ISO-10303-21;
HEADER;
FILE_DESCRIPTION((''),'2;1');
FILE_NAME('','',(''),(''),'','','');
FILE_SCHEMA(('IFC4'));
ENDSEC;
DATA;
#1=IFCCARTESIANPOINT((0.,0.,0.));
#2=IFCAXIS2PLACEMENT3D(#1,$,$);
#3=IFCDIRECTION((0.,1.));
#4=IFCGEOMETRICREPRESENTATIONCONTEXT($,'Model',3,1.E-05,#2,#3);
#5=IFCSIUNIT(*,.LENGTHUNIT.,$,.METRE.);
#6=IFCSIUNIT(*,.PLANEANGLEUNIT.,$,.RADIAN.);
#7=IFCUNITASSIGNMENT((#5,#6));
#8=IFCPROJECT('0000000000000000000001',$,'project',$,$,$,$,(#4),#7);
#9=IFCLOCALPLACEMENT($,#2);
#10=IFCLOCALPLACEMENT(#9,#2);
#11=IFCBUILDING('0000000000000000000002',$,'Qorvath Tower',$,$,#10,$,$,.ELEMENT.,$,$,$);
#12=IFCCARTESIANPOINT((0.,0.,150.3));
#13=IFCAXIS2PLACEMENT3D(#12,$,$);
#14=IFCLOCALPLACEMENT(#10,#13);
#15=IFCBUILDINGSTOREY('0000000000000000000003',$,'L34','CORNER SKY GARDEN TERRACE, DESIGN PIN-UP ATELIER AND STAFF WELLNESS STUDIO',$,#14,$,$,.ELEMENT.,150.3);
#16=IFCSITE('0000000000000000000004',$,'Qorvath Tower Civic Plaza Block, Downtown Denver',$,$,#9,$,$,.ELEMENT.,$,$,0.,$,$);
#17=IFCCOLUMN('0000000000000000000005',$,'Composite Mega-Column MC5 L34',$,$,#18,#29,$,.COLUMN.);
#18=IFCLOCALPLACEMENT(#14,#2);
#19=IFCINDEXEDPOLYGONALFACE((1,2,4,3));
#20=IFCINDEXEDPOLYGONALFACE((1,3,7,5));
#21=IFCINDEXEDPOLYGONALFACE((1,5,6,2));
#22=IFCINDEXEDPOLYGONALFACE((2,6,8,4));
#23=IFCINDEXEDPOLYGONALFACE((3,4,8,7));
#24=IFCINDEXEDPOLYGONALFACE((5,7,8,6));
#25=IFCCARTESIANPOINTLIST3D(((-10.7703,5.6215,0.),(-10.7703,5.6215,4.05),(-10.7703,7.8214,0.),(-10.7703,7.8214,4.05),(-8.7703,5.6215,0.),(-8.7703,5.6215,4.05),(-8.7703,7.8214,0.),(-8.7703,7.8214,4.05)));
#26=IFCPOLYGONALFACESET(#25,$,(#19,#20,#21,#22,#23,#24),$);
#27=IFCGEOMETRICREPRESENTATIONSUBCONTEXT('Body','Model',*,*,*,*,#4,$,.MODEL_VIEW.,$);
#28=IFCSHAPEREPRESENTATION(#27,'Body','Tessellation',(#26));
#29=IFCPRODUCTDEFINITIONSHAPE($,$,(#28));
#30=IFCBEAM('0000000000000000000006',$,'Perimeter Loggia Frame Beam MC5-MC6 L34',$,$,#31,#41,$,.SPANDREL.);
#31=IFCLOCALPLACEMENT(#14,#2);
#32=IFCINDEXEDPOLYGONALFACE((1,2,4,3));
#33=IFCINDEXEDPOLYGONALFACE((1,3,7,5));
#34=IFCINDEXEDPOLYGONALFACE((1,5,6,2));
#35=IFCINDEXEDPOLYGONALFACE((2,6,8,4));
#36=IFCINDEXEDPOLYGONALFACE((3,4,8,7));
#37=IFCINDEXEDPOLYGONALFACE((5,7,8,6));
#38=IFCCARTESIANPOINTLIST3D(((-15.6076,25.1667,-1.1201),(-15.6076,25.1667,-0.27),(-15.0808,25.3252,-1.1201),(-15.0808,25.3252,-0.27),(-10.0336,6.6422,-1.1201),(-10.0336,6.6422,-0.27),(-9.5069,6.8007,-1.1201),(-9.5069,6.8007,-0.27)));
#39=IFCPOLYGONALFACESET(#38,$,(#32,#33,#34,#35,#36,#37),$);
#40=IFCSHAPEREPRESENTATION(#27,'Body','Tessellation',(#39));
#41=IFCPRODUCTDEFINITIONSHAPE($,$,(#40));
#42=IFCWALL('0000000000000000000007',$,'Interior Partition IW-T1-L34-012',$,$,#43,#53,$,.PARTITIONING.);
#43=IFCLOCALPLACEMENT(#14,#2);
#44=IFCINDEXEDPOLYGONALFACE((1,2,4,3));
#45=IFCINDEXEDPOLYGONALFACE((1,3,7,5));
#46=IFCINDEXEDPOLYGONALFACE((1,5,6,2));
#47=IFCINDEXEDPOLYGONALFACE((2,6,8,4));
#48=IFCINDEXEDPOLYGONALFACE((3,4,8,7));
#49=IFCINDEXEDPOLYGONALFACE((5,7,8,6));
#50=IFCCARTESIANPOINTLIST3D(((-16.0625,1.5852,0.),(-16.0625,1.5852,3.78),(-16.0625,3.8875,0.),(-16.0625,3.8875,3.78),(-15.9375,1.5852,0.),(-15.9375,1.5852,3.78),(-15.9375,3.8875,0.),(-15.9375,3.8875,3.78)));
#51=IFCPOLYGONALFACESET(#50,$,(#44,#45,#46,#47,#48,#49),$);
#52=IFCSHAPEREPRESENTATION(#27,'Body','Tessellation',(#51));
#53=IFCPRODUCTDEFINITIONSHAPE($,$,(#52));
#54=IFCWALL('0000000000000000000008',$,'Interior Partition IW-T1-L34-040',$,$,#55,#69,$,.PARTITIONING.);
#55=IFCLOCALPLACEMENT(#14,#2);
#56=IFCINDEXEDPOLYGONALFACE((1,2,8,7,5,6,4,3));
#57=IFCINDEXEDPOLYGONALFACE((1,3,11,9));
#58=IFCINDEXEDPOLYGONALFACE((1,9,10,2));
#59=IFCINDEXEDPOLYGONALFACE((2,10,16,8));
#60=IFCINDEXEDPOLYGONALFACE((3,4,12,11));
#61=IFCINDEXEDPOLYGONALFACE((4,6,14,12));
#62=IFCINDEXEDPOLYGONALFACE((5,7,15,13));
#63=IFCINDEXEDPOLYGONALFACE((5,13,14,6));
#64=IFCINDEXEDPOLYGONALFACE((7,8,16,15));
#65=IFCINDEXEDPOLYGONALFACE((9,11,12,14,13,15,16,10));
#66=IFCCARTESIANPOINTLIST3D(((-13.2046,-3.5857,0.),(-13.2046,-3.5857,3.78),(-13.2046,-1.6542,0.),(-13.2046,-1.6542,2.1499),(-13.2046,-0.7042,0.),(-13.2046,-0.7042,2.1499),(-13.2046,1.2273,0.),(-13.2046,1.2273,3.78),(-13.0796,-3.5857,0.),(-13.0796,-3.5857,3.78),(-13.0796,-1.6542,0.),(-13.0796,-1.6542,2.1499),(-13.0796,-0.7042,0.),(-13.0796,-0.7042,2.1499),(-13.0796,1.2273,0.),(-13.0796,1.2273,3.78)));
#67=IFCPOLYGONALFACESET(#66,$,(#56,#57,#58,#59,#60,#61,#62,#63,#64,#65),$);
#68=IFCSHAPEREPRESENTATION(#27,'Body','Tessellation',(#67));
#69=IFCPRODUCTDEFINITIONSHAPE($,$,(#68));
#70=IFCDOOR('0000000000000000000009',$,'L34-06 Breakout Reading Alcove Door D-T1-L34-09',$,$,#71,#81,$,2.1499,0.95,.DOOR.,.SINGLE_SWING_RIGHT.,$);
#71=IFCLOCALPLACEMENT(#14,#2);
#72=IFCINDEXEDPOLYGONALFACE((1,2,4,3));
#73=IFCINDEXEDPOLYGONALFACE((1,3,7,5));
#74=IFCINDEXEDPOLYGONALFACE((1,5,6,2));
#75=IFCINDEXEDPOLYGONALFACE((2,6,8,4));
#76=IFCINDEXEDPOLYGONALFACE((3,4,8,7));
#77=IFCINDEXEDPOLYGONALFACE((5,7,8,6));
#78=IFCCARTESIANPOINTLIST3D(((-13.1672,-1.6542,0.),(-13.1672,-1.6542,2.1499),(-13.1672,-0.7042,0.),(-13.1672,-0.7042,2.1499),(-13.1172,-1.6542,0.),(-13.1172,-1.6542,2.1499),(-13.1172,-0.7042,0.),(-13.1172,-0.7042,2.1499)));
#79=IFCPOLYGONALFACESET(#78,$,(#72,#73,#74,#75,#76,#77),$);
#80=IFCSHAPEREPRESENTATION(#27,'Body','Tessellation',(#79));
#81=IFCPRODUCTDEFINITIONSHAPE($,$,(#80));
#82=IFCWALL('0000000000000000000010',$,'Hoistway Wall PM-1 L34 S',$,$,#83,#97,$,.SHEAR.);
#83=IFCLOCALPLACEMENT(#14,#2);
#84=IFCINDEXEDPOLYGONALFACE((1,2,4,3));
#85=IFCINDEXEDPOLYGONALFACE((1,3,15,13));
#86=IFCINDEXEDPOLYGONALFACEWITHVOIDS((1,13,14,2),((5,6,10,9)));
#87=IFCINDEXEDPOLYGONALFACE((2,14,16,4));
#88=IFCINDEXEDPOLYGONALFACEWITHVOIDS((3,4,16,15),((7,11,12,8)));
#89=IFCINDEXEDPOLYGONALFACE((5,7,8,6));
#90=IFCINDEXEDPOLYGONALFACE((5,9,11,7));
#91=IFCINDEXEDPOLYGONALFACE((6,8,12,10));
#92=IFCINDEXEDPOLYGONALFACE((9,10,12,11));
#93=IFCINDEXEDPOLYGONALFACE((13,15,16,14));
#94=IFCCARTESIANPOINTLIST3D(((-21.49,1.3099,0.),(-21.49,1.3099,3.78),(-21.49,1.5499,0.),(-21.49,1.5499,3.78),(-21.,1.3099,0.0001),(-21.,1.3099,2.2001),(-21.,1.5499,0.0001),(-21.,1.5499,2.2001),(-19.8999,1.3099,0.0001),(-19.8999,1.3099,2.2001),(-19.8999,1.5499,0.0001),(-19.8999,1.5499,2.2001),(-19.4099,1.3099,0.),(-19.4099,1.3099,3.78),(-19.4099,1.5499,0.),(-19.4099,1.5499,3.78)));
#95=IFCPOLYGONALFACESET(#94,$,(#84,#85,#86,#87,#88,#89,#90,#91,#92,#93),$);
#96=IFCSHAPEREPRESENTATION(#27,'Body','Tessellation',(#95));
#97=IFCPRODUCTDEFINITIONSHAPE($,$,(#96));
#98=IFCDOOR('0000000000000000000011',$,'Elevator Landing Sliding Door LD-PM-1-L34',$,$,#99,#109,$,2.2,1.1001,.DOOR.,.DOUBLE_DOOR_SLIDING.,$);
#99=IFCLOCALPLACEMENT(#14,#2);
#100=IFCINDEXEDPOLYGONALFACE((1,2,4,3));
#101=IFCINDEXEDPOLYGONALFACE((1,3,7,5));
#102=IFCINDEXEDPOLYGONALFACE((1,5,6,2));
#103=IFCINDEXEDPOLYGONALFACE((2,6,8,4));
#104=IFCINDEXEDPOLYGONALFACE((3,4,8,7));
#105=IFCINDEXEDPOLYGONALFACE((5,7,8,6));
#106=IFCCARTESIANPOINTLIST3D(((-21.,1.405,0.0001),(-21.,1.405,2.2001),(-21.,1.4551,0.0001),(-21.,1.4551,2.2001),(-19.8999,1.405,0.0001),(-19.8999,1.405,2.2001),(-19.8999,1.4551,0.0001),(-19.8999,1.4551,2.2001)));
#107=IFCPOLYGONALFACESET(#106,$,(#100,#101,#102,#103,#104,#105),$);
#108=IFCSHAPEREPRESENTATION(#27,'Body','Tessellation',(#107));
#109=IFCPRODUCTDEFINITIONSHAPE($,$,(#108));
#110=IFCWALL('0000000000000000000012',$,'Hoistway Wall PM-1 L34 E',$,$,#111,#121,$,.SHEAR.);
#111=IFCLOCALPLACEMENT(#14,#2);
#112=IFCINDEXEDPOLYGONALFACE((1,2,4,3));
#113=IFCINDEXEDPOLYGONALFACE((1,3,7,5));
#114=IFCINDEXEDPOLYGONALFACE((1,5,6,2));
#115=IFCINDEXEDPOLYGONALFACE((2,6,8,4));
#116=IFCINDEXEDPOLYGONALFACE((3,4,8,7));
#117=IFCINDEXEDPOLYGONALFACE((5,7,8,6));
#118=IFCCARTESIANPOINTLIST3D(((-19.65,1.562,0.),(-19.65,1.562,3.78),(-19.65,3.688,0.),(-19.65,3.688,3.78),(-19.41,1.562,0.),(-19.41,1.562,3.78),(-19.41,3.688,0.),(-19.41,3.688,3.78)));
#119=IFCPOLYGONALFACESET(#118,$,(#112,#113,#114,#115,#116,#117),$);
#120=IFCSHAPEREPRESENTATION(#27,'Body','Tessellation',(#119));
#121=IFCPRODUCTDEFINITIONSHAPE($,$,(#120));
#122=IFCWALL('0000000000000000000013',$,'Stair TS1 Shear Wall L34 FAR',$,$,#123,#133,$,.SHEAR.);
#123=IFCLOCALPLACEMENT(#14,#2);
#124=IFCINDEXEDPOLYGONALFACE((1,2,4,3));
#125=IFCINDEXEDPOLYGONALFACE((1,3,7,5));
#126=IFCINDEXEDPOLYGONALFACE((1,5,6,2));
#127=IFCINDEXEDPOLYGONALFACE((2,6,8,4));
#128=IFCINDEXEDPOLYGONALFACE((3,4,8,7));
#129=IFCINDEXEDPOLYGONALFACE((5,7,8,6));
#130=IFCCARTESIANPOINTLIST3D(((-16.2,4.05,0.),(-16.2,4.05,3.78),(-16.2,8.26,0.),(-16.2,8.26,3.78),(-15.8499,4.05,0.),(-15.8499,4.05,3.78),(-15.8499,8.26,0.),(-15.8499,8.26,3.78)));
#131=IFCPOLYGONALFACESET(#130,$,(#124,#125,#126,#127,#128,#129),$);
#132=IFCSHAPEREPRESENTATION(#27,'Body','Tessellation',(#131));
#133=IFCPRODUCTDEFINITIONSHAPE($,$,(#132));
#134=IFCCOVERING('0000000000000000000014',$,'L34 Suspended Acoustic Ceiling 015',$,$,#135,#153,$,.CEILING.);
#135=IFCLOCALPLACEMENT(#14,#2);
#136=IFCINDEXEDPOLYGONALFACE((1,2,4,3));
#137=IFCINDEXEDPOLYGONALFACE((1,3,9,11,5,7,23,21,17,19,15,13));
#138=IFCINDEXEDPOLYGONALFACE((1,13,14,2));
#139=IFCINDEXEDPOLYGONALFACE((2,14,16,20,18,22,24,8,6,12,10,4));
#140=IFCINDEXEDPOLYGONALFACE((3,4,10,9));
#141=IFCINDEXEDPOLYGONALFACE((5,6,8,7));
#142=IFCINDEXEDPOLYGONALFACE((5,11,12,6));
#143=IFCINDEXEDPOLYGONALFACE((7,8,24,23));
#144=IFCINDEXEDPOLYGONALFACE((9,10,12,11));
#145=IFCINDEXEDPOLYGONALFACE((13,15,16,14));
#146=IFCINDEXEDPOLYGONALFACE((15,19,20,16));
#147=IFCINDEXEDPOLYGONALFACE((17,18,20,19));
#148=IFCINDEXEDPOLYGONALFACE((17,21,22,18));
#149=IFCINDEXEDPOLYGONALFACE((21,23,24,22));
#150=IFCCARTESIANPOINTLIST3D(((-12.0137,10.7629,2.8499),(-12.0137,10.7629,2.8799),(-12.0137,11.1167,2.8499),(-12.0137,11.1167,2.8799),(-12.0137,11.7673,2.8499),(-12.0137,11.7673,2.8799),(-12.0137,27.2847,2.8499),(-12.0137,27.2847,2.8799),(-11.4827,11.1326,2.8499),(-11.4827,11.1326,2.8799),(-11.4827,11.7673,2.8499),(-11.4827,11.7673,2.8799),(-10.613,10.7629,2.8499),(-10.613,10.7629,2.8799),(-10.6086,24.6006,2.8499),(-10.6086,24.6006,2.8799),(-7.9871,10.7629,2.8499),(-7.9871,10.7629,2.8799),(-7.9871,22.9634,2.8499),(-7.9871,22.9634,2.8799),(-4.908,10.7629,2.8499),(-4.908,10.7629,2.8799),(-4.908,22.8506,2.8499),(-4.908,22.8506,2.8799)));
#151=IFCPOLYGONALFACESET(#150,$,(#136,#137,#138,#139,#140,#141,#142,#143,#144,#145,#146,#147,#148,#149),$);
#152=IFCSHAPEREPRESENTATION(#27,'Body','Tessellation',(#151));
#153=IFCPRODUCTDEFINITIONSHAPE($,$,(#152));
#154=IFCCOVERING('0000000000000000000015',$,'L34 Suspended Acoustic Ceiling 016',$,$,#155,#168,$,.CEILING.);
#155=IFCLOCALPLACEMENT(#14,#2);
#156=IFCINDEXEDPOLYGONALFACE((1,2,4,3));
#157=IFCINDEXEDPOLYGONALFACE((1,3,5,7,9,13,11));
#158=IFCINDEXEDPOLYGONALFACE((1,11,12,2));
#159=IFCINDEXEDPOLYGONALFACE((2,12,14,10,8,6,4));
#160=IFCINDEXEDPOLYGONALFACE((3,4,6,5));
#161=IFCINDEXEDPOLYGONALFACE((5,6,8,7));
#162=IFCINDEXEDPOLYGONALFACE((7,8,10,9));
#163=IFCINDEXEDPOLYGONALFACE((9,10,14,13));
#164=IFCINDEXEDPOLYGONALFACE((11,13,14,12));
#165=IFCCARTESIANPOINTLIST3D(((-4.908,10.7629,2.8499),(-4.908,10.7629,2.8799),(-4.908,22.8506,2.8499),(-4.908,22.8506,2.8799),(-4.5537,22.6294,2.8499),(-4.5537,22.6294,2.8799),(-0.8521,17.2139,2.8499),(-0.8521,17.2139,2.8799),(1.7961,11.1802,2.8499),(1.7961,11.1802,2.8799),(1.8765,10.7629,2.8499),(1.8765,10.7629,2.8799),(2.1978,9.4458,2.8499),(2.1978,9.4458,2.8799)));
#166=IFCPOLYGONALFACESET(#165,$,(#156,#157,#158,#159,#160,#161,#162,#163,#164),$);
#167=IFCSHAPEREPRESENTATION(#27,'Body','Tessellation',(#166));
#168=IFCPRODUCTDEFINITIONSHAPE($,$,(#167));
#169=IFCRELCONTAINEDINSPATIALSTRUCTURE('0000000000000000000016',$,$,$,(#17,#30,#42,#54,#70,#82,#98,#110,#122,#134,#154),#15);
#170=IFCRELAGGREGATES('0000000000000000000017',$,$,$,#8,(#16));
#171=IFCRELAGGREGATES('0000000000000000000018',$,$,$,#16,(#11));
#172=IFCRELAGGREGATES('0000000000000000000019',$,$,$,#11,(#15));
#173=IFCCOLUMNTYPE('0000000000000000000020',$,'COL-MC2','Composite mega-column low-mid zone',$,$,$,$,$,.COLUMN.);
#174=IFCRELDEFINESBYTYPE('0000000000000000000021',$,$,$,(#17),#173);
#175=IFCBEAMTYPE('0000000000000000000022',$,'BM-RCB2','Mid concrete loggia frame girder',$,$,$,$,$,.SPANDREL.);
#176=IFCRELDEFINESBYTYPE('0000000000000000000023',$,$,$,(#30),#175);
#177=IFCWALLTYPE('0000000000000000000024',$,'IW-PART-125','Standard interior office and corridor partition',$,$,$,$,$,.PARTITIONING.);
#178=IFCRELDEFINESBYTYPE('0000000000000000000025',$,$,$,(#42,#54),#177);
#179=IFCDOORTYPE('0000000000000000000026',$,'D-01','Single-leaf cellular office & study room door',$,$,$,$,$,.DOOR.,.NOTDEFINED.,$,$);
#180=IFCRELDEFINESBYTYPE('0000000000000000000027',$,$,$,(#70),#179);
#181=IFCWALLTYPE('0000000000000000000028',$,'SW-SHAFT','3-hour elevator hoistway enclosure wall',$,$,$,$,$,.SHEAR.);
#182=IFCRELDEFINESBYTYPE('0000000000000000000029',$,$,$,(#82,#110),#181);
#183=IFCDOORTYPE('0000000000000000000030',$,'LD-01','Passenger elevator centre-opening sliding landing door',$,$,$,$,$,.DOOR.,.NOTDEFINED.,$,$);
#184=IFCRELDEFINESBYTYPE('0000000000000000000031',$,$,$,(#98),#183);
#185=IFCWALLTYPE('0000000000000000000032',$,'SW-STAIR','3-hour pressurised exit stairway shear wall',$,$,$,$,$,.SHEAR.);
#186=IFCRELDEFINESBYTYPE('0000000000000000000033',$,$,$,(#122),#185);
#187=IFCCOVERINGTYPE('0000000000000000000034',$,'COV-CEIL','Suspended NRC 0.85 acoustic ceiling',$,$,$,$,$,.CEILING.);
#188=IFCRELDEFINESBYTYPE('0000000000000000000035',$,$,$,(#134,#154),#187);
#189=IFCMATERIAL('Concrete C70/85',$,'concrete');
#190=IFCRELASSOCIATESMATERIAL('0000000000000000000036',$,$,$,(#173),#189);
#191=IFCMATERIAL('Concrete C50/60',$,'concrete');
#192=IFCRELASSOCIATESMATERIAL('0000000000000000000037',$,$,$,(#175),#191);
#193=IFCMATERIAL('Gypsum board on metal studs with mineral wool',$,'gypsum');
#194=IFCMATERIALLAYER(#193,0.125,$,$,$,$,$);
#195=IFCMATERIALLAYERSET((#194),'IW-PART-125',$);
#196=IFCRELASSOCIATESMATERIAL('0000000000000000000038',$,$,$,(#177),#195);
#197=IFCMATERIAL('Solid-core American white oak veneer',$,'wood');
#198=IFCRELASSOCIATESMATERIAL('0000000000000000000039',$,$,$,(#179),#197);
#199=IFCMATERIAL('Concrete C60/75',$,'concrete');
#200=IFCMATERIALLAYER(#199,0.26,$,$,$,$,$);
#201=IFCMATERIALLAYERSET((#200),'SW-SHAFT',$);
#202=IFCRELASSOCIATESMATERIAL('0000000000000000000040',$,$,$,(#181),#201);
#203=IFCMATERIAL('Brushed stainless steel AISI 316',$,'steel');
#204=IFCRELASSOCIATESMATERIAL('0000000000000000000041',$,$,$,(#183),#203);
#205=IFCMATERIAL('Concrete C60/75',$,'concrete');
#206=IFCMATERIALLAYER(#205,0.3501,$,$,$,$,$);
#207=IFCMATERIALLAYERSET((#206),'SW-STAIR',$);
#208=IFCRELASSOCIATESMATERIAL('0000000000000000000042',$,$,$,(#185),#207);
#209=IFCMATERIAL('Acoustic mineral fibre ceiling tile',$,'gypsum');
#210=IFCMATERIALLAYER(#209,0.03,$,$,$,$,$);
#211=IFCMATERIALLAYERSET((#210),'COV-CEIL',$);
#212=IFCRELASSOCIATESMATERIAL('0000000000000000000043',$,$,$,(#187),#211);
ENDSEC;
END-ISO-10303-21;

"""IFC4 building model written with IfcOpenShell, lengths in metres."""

from ifc_helpers import new_model, si_unit, direction, frame, frame_2d, origin, origin_2d, place, context, subcontext, project, spatial, polyline, rectangle, outline, extrude, material, layer, layer_set, material_profile, profile_set, type_object, element, fill, save


model = new_model("IFC4")

# Units and contexts
model_context = context("Model", 3, precision=1e-05, world=origin(), true_north=direction((0.0, 1.0)))
body_context = subcontext(model_context, "Body", "Model", "MODEL_VIEW")
ifc_project = project(units=[si_unit("LENGTHUNIT", "METRE"), si_unit("PLANEANGLEUNIT", "RADIAN")], contexts=[model_context])

# Site, building, storey
site_placement = place(None, origin())
site = spatial("IfcSite", under=ifc_project, at=site_placement, Name="Qorvath Tower Civic Plaza Block, Downtown Denver", CompositionType="ELEMENT", RefElevation=0.0)
building_placement = place(site_placement, origin())
building = spatial("IfcBuilding", under=site, at=building_placement, Name="Qorvath Tower", CompositionType="ELEMENT")
storey_placement = place(building_placement, frame((0.0, 0.0, 150.3)))
storey = spatial("IfcBuildingStorey", under=building, at=storey_placement, Name="L34", Description="CORNER SKY GARDEN TERRACE, DESIGN PIN-UP ATELIER AND STAFF WELLNESS STUDIO", CompositionType="ELEMENT", Elevation=150.3)

# Column
ifc_material_1 = material(Name="Concrete C70/85", Category="concrete")
ifc_material_profile_1 = material_profile(ifc_material_1, rectangle(XDim=2.0, YDim=2.2, at=origin_2d()), Name="MC 2200x2000")
ifc_profile_set_1 = profile_set([ifc_material_profile_1], Name="Concrete C70/85")
column_type = type_object("IfcColumnType", Name="COL-MC2", Description="Composite mega-column low-mid zone", PredefinedType="COLUMN", material=ifc_profile_set_1)
column_placement = place(storey_placement, frame((-9.7703, 6.7214, 0.0), z_axis=(0.0, 0.0, 1.0), x_axis=(1.0, 0.0, 0.0)))
element("IfcColumn", 1, at=column_placement, inside=storey, type_object=column_type, Name="Composite Mega-Column MC5 L34", PredefinedType="COLUMN", context=body_context, shape_type="SweptSolid", body=[
    extrude(rectangle(XDim=2.0, YDim=2.2, at=origin_2d()), origin(), (0.0, 0.0, 1.0), 4.05),
])

# Beam
ifc_material_2 = material(Name="Concrete C50/60", Category="concrete")
ifc_material_profile_2 = material_profile(ifc_material_2, rectangle(XDim=0.55, YDim=0.8501, at=origin_2d()), Name="RCB 850x550")
ifc_profile_set_2 = profile_set([ifc_material_profile_2], Name="Concrete C50/60")
beam_type = type_object("IfcBeamType", Name="BM-RCB2", Description="Mid concrete loggia frame girder", PredefinedType="SPANDREL", material=ifc_profile_set_2)
beam_placement = place(storey_placement, frame((-9.7703, 6.7214, -0.6951), z_axis=(-0.288134, 0.95759, 0.0), x_axis=(-0.95759, -0.288134, 0.0)))
element("IfcBeam", 2, at=beam_placement, inside=storey, type_object=beam_type, Name="Perimeter Loggia Frame Beam MC5-MC6 L34", PredefinedType="SPANDREL", context=body_context, shape_type="SweptSolid", body=[
    extrude(rectangle(XDim=0.55, YDim=0.8501, at=origin_2d()), origin(), (0.0, 0.0, 1.0), 19.345),
])

# Shared definitions
ifc_material_3 = material(Name="Gypsum board on metal studs with mineral wool", Category="gypsum")
ifc_layer_1 = layer(ifc_material_3, 0.125)
ifc_layer_set_1 = layer_set([ifc_layer_1], Name="IW-PART-125")
wall_type_1 = type_object("IfcWallType", Name="IW-PART-125", Description="Standard interior office and corridor partition", PredefinedType="PARTITIONING", material=ifc_layer_set_1)
ifc_material_4 = material(Name="Solid-core American white oak veneer", Category="wood")
door_type_1 = type_object("IfcDoorType", Name="D-01", Description="Single-leaf cellular office & study room door", OperationType="NOTDEFINED", PredefinedType="DOOR", material=ifc_material_4)

# Wall
wall_1_placement = place(storey_placement, frame((-16.0, 1.5852, 0.0), z_axis=(0.0, 0.0, 1.0), x_axis=(0.0, 1.0, 0.0)))
element("IfcWall", 3, at=wall_1_placement, inside=storey, type_object=wall_type_1, Name="Interior Partition IW-T1-L34-012", PredefinedType="PARTITIONING", context=body_context, shape_type="SweptSolid", body=[
    extrude(rectangle(XDim=2.3022, YDim=0.125, at=frame_2d((1.1511, 0.0))), origin(), (0.0, 0.0, 1.0), 3.78),
])

# Walls, openings, doors
wall_2_placement = place(storey_placement, frame((-13.1421, 1.2273, 0.0), z_axis=(0.0, 0.0, 1.0), x_axis=(0.0, -1.0, 0.0)))
wall_2 = element("IfcWall", 4, at=wall_2_placement, inside=storey, type_object=wall_type_1, Name="Interior Partition IW-T1-L34-040", PredefinedType="PARTITIONING", context=body_context, shape_type="SweptSolid", body=[
    extrude(rectangle(XDim=4.813, YDim=0.125, at=frame_2d((2.4065, 0.0))), origin(), (0.0, 0.0, 1.0), 3.78),
])
opening_1_placement = place(wall_2_placement, frame((1.9314, 0.0, 0.0)))
opening_1 = element("IfcOpeningElement", 5, at=opening_1_placement, cuts=wall_2, PredefinedType="OPENING", context=body_context, shape_type="SweptSolid", body=[
    extrude(rectangle(XDim=0.95, YDim=2.1499, at=frame_2d((0.4751, 1.075))), frame((0.0, 0.0725, 0.0), z_axis=(0.0, -1.0, 0.0), x_axis=(1.0, 0.0, 0.0)), (0.0, 0.0, 1.0), 0.145),
])
door_1_placement = place(opening_1_placement, origin())
door_1 = element("IfcDoor", 6, at=door_1_placement, inside=storey, type_object=door_type_1, Name="L34-06 Breakout Reading Alcove Door D-T1-L34-09", OperationType="SINGLE_SWING_RIGHT", OverallHeight=2.1499, OverallWidth=0.95, PredefinedType="DOOR", context=body_context, shape_type="SweptSolid", body=[
    extrude(rectangle(XDim=0.95, YDim=2.1499, at=frame_2d((0.4751, 1.075))), frame((0.0, 0.0249, 0.0), z_axis=(0.0, -1.0, 0.0), x_axis=(1.0, 0.0, 0.0)), (0.0, 0.0, 1.0), 0.05),
])
fill(opening_1, door_1)
ifc_material_5 = material(Name="Concrete C60/75", Category="concrete")
ifc_layer_2 = layer(ifc_material_5, 0.26)
ifc_layer_set_2 = layer_set([ifc_layer_2], Name="SW-SHAFT")
wall_type_2 = type_object("IfcWallType", Name="SW-SHAFT", Description="3-hour elevator hoistway enclosure wall", PredefinedType="SHEAR", material=ifc_layer_set_2)
wall_3_placement = place(storey_placement, frame((-19.4099, 1.4299, 0.0), z_axis=(0.0, 0.0, 1.0), x_axis=(-1.0, 0.0, 0.0)))
wall_3 = element("IfcWall", 7, at=wall_3_placement, inside=storey, type_object=wall_type_2, Name="Hoistway Wall PM-1 L34 S", PredefinedType="SHEAR", context=body_context, shape_type="SweptSolid", body=[
    extrude(rectangle(XDim=2.0801, YDim=0.24, at=frame_2d((1.04, 0.0))), origin(), (0.0, 0.0, 1.0), 3.78),
])
opening_2_placement = place(wall_3_placement, frame((0.49, 0.0, 0.0)))
opening_2 = element("IfcOpeningElement", 8, at=opening_2_placement, cuts=wall_3, PredefinedType="OPENING", context=body_context, shape_type="SweptSolid", body=[
    extrude(rectangle(XDim=1.1001, YDim=2.2, at=frame_2d((0.55, 1.1001))), frame((0.0, 0.1299, 0.0), z_axis=(0.0, -1.0, 0.0), x_axis=(1.0, 0.0, 0.0)), (0.0, 0.0, 1.0), 0.26),
])
ifc_material_6 = material(Name="Brushed stainless steel AISI 316", Category="steel")
door_type_2 = type_object("IfcDoorType", Name="LD-01", Description="Passenger elevator centre-opening sliding landing door", OperationType="NOTDEFINED", PredefinedType="DOOR", material=ifc_material_6)
door_2_placement = place(opening_2_placement, origin())
door_2 = element("IfcDoor", 9, at=door_2_placement, inside=storey, type_object=door_type_2, Name="Elevator Landing Sliding Door LD-PM-1-L34", OperationType="DOUBLE_DOOR_SLIDING", OverallHeight=2.2, OverallWidth=1.1001, PredefinedType="DOOR", context=body_context, shape_type="SweptSolid", body=[
    extrude(rectangle(XDim=1.1001, YDim=2.2, at=frame_2d((0.55, 1.1001))), frame((0.0, 0.0249, 0.0), z_axis=(0.0, -1.0, 0.0), x_axis=(1.0, 0.0, 0.0)), (0.0, 0.0, 1.0), 0.05),
])
fill(opening_2, door_2)

# Walls
wall_4_placement = place(storey_placement, frame((-19.53, 3.688, 0.0), z_axis=(0.0, 0.0, 1.0), x_axis=(0.0, -1.0, 0.0)))
element("IfcWall", 10, at=wall_4_placement, inside=storey, type_object=wall_type_2, Name="Hoistway Wall PM-1 L34 E", PredefinedType="SHEAR", context=body_context, shape_type="SweptSolid", body=[
    extrude(rectangle(XDim=2.126, YDim=0.24, at=frame_2d((1.063, 0.0))), origin(), (0.0, 0.0, 1.0), 3.78),
])
ifc_material_7 = material(Name="Concrete C60/75", Category="concrete")
ifc_layer_3 = layer(ifc_material_7, 0.3501)
ifc_layer_set_3 = layer_set([ifc_layer_3], Name="SW-STAIR")
wall_type_3 = type_object("IfcWallType", Name="SW-STAIR", Description="3-hour pressurised exit stairway shear wall", PredefinedType="SHEAR", material=ifc_layer_set_3)
wall_5_placement = place(storey_placement, frame((-16.0249, 4.05, 0.0), z_axis=(0.0, 0.0, 1.0), x_axis=(0.0, 1.0, 0.0)))
element("IfcWall", 11, at=wall_5_placement, inside=storey, type_object=wall_type_3, Name="Stair TS1 Shear Wall L34 FAR", PredefinedType="SHEAR", context=body_context, shape_type="SweptSolid", body=[
    extrude(rectangle(XDim=4.21, YDim=0.3501, at=frame_2d((2.105, 0.0))), origin(), (0.0, 0.0, 1.0), 3.78),
])

# Coverings
ifc_material_8 = material(Name="Acoustic mineral fibre ceiling tile", Category="gypsum")
ifc_layer_4 = layer(ifc_material_8, 0.03)
ifc_layer_set_4 = layer_set([ifc_layer_4], Name="COV-CEIL")
covering_type_1 = type_object("IfcCoveringType", Name="COV-CEIL", Description="Suspended NRC 0.85 acoustic ceiling", PredefinedType="CEILING", material=ifc_layer_set_4)
covering_1_placement = place(storey_placement, frame((0.0, 0.0, 2.8499)))
element("IfcCovering", 12, at=covering_1_placement, inside=storey, type_object=covering_type_1, Name="L34 Suspended Acoustic Ceiling 015", PredefinedType="CEILING", context=body_context, shape_type="SweptSolid", body=[
    extrude(outline(polyline([(-4.908, 10.7629), (-4.908, 22.8506), (-12.0137, 27.2847), (-12.0137, 11.7673), (-11.4827, 11.7673), (-11.4827, 11.1326), (-12.0137, 11.1167), (-12.0137, 10.7629), (-10.613, 10.7629), (-10.6086, 24.6006), (-7.9871, 22.9634), (-7.9871, 10.7629), (-4.908, 10.7629)])), origin(), (0.0, 0.0, 1.0), 0.03),
])
covering_2_placement = place(storey_placement, frame((0.0, 0.0, 2.8499)))
element("IfcCovering", 13, at=covering_2_placement, inside=storey, type_object=covering_type_1, Name="L34 Suspended Acoustic Ceiling 016", PredefinedType="CEILING", context=body_context, shape_type="SweptSolid", body=[
    extrude(outline(polyline([(-0.8521, 17.2139), (-4.5537, 22.6294), (-4.908, 22.8506), (-4.908, 10.7629), (1.8765, 10.7629), (2.1978, 9.4458), (1.7961, 11.1802), (-0.8521, 17.2139)])), origin(), (0.0, 0.0, 1.0), 0.03),
])

save(model, "model.ifc")
